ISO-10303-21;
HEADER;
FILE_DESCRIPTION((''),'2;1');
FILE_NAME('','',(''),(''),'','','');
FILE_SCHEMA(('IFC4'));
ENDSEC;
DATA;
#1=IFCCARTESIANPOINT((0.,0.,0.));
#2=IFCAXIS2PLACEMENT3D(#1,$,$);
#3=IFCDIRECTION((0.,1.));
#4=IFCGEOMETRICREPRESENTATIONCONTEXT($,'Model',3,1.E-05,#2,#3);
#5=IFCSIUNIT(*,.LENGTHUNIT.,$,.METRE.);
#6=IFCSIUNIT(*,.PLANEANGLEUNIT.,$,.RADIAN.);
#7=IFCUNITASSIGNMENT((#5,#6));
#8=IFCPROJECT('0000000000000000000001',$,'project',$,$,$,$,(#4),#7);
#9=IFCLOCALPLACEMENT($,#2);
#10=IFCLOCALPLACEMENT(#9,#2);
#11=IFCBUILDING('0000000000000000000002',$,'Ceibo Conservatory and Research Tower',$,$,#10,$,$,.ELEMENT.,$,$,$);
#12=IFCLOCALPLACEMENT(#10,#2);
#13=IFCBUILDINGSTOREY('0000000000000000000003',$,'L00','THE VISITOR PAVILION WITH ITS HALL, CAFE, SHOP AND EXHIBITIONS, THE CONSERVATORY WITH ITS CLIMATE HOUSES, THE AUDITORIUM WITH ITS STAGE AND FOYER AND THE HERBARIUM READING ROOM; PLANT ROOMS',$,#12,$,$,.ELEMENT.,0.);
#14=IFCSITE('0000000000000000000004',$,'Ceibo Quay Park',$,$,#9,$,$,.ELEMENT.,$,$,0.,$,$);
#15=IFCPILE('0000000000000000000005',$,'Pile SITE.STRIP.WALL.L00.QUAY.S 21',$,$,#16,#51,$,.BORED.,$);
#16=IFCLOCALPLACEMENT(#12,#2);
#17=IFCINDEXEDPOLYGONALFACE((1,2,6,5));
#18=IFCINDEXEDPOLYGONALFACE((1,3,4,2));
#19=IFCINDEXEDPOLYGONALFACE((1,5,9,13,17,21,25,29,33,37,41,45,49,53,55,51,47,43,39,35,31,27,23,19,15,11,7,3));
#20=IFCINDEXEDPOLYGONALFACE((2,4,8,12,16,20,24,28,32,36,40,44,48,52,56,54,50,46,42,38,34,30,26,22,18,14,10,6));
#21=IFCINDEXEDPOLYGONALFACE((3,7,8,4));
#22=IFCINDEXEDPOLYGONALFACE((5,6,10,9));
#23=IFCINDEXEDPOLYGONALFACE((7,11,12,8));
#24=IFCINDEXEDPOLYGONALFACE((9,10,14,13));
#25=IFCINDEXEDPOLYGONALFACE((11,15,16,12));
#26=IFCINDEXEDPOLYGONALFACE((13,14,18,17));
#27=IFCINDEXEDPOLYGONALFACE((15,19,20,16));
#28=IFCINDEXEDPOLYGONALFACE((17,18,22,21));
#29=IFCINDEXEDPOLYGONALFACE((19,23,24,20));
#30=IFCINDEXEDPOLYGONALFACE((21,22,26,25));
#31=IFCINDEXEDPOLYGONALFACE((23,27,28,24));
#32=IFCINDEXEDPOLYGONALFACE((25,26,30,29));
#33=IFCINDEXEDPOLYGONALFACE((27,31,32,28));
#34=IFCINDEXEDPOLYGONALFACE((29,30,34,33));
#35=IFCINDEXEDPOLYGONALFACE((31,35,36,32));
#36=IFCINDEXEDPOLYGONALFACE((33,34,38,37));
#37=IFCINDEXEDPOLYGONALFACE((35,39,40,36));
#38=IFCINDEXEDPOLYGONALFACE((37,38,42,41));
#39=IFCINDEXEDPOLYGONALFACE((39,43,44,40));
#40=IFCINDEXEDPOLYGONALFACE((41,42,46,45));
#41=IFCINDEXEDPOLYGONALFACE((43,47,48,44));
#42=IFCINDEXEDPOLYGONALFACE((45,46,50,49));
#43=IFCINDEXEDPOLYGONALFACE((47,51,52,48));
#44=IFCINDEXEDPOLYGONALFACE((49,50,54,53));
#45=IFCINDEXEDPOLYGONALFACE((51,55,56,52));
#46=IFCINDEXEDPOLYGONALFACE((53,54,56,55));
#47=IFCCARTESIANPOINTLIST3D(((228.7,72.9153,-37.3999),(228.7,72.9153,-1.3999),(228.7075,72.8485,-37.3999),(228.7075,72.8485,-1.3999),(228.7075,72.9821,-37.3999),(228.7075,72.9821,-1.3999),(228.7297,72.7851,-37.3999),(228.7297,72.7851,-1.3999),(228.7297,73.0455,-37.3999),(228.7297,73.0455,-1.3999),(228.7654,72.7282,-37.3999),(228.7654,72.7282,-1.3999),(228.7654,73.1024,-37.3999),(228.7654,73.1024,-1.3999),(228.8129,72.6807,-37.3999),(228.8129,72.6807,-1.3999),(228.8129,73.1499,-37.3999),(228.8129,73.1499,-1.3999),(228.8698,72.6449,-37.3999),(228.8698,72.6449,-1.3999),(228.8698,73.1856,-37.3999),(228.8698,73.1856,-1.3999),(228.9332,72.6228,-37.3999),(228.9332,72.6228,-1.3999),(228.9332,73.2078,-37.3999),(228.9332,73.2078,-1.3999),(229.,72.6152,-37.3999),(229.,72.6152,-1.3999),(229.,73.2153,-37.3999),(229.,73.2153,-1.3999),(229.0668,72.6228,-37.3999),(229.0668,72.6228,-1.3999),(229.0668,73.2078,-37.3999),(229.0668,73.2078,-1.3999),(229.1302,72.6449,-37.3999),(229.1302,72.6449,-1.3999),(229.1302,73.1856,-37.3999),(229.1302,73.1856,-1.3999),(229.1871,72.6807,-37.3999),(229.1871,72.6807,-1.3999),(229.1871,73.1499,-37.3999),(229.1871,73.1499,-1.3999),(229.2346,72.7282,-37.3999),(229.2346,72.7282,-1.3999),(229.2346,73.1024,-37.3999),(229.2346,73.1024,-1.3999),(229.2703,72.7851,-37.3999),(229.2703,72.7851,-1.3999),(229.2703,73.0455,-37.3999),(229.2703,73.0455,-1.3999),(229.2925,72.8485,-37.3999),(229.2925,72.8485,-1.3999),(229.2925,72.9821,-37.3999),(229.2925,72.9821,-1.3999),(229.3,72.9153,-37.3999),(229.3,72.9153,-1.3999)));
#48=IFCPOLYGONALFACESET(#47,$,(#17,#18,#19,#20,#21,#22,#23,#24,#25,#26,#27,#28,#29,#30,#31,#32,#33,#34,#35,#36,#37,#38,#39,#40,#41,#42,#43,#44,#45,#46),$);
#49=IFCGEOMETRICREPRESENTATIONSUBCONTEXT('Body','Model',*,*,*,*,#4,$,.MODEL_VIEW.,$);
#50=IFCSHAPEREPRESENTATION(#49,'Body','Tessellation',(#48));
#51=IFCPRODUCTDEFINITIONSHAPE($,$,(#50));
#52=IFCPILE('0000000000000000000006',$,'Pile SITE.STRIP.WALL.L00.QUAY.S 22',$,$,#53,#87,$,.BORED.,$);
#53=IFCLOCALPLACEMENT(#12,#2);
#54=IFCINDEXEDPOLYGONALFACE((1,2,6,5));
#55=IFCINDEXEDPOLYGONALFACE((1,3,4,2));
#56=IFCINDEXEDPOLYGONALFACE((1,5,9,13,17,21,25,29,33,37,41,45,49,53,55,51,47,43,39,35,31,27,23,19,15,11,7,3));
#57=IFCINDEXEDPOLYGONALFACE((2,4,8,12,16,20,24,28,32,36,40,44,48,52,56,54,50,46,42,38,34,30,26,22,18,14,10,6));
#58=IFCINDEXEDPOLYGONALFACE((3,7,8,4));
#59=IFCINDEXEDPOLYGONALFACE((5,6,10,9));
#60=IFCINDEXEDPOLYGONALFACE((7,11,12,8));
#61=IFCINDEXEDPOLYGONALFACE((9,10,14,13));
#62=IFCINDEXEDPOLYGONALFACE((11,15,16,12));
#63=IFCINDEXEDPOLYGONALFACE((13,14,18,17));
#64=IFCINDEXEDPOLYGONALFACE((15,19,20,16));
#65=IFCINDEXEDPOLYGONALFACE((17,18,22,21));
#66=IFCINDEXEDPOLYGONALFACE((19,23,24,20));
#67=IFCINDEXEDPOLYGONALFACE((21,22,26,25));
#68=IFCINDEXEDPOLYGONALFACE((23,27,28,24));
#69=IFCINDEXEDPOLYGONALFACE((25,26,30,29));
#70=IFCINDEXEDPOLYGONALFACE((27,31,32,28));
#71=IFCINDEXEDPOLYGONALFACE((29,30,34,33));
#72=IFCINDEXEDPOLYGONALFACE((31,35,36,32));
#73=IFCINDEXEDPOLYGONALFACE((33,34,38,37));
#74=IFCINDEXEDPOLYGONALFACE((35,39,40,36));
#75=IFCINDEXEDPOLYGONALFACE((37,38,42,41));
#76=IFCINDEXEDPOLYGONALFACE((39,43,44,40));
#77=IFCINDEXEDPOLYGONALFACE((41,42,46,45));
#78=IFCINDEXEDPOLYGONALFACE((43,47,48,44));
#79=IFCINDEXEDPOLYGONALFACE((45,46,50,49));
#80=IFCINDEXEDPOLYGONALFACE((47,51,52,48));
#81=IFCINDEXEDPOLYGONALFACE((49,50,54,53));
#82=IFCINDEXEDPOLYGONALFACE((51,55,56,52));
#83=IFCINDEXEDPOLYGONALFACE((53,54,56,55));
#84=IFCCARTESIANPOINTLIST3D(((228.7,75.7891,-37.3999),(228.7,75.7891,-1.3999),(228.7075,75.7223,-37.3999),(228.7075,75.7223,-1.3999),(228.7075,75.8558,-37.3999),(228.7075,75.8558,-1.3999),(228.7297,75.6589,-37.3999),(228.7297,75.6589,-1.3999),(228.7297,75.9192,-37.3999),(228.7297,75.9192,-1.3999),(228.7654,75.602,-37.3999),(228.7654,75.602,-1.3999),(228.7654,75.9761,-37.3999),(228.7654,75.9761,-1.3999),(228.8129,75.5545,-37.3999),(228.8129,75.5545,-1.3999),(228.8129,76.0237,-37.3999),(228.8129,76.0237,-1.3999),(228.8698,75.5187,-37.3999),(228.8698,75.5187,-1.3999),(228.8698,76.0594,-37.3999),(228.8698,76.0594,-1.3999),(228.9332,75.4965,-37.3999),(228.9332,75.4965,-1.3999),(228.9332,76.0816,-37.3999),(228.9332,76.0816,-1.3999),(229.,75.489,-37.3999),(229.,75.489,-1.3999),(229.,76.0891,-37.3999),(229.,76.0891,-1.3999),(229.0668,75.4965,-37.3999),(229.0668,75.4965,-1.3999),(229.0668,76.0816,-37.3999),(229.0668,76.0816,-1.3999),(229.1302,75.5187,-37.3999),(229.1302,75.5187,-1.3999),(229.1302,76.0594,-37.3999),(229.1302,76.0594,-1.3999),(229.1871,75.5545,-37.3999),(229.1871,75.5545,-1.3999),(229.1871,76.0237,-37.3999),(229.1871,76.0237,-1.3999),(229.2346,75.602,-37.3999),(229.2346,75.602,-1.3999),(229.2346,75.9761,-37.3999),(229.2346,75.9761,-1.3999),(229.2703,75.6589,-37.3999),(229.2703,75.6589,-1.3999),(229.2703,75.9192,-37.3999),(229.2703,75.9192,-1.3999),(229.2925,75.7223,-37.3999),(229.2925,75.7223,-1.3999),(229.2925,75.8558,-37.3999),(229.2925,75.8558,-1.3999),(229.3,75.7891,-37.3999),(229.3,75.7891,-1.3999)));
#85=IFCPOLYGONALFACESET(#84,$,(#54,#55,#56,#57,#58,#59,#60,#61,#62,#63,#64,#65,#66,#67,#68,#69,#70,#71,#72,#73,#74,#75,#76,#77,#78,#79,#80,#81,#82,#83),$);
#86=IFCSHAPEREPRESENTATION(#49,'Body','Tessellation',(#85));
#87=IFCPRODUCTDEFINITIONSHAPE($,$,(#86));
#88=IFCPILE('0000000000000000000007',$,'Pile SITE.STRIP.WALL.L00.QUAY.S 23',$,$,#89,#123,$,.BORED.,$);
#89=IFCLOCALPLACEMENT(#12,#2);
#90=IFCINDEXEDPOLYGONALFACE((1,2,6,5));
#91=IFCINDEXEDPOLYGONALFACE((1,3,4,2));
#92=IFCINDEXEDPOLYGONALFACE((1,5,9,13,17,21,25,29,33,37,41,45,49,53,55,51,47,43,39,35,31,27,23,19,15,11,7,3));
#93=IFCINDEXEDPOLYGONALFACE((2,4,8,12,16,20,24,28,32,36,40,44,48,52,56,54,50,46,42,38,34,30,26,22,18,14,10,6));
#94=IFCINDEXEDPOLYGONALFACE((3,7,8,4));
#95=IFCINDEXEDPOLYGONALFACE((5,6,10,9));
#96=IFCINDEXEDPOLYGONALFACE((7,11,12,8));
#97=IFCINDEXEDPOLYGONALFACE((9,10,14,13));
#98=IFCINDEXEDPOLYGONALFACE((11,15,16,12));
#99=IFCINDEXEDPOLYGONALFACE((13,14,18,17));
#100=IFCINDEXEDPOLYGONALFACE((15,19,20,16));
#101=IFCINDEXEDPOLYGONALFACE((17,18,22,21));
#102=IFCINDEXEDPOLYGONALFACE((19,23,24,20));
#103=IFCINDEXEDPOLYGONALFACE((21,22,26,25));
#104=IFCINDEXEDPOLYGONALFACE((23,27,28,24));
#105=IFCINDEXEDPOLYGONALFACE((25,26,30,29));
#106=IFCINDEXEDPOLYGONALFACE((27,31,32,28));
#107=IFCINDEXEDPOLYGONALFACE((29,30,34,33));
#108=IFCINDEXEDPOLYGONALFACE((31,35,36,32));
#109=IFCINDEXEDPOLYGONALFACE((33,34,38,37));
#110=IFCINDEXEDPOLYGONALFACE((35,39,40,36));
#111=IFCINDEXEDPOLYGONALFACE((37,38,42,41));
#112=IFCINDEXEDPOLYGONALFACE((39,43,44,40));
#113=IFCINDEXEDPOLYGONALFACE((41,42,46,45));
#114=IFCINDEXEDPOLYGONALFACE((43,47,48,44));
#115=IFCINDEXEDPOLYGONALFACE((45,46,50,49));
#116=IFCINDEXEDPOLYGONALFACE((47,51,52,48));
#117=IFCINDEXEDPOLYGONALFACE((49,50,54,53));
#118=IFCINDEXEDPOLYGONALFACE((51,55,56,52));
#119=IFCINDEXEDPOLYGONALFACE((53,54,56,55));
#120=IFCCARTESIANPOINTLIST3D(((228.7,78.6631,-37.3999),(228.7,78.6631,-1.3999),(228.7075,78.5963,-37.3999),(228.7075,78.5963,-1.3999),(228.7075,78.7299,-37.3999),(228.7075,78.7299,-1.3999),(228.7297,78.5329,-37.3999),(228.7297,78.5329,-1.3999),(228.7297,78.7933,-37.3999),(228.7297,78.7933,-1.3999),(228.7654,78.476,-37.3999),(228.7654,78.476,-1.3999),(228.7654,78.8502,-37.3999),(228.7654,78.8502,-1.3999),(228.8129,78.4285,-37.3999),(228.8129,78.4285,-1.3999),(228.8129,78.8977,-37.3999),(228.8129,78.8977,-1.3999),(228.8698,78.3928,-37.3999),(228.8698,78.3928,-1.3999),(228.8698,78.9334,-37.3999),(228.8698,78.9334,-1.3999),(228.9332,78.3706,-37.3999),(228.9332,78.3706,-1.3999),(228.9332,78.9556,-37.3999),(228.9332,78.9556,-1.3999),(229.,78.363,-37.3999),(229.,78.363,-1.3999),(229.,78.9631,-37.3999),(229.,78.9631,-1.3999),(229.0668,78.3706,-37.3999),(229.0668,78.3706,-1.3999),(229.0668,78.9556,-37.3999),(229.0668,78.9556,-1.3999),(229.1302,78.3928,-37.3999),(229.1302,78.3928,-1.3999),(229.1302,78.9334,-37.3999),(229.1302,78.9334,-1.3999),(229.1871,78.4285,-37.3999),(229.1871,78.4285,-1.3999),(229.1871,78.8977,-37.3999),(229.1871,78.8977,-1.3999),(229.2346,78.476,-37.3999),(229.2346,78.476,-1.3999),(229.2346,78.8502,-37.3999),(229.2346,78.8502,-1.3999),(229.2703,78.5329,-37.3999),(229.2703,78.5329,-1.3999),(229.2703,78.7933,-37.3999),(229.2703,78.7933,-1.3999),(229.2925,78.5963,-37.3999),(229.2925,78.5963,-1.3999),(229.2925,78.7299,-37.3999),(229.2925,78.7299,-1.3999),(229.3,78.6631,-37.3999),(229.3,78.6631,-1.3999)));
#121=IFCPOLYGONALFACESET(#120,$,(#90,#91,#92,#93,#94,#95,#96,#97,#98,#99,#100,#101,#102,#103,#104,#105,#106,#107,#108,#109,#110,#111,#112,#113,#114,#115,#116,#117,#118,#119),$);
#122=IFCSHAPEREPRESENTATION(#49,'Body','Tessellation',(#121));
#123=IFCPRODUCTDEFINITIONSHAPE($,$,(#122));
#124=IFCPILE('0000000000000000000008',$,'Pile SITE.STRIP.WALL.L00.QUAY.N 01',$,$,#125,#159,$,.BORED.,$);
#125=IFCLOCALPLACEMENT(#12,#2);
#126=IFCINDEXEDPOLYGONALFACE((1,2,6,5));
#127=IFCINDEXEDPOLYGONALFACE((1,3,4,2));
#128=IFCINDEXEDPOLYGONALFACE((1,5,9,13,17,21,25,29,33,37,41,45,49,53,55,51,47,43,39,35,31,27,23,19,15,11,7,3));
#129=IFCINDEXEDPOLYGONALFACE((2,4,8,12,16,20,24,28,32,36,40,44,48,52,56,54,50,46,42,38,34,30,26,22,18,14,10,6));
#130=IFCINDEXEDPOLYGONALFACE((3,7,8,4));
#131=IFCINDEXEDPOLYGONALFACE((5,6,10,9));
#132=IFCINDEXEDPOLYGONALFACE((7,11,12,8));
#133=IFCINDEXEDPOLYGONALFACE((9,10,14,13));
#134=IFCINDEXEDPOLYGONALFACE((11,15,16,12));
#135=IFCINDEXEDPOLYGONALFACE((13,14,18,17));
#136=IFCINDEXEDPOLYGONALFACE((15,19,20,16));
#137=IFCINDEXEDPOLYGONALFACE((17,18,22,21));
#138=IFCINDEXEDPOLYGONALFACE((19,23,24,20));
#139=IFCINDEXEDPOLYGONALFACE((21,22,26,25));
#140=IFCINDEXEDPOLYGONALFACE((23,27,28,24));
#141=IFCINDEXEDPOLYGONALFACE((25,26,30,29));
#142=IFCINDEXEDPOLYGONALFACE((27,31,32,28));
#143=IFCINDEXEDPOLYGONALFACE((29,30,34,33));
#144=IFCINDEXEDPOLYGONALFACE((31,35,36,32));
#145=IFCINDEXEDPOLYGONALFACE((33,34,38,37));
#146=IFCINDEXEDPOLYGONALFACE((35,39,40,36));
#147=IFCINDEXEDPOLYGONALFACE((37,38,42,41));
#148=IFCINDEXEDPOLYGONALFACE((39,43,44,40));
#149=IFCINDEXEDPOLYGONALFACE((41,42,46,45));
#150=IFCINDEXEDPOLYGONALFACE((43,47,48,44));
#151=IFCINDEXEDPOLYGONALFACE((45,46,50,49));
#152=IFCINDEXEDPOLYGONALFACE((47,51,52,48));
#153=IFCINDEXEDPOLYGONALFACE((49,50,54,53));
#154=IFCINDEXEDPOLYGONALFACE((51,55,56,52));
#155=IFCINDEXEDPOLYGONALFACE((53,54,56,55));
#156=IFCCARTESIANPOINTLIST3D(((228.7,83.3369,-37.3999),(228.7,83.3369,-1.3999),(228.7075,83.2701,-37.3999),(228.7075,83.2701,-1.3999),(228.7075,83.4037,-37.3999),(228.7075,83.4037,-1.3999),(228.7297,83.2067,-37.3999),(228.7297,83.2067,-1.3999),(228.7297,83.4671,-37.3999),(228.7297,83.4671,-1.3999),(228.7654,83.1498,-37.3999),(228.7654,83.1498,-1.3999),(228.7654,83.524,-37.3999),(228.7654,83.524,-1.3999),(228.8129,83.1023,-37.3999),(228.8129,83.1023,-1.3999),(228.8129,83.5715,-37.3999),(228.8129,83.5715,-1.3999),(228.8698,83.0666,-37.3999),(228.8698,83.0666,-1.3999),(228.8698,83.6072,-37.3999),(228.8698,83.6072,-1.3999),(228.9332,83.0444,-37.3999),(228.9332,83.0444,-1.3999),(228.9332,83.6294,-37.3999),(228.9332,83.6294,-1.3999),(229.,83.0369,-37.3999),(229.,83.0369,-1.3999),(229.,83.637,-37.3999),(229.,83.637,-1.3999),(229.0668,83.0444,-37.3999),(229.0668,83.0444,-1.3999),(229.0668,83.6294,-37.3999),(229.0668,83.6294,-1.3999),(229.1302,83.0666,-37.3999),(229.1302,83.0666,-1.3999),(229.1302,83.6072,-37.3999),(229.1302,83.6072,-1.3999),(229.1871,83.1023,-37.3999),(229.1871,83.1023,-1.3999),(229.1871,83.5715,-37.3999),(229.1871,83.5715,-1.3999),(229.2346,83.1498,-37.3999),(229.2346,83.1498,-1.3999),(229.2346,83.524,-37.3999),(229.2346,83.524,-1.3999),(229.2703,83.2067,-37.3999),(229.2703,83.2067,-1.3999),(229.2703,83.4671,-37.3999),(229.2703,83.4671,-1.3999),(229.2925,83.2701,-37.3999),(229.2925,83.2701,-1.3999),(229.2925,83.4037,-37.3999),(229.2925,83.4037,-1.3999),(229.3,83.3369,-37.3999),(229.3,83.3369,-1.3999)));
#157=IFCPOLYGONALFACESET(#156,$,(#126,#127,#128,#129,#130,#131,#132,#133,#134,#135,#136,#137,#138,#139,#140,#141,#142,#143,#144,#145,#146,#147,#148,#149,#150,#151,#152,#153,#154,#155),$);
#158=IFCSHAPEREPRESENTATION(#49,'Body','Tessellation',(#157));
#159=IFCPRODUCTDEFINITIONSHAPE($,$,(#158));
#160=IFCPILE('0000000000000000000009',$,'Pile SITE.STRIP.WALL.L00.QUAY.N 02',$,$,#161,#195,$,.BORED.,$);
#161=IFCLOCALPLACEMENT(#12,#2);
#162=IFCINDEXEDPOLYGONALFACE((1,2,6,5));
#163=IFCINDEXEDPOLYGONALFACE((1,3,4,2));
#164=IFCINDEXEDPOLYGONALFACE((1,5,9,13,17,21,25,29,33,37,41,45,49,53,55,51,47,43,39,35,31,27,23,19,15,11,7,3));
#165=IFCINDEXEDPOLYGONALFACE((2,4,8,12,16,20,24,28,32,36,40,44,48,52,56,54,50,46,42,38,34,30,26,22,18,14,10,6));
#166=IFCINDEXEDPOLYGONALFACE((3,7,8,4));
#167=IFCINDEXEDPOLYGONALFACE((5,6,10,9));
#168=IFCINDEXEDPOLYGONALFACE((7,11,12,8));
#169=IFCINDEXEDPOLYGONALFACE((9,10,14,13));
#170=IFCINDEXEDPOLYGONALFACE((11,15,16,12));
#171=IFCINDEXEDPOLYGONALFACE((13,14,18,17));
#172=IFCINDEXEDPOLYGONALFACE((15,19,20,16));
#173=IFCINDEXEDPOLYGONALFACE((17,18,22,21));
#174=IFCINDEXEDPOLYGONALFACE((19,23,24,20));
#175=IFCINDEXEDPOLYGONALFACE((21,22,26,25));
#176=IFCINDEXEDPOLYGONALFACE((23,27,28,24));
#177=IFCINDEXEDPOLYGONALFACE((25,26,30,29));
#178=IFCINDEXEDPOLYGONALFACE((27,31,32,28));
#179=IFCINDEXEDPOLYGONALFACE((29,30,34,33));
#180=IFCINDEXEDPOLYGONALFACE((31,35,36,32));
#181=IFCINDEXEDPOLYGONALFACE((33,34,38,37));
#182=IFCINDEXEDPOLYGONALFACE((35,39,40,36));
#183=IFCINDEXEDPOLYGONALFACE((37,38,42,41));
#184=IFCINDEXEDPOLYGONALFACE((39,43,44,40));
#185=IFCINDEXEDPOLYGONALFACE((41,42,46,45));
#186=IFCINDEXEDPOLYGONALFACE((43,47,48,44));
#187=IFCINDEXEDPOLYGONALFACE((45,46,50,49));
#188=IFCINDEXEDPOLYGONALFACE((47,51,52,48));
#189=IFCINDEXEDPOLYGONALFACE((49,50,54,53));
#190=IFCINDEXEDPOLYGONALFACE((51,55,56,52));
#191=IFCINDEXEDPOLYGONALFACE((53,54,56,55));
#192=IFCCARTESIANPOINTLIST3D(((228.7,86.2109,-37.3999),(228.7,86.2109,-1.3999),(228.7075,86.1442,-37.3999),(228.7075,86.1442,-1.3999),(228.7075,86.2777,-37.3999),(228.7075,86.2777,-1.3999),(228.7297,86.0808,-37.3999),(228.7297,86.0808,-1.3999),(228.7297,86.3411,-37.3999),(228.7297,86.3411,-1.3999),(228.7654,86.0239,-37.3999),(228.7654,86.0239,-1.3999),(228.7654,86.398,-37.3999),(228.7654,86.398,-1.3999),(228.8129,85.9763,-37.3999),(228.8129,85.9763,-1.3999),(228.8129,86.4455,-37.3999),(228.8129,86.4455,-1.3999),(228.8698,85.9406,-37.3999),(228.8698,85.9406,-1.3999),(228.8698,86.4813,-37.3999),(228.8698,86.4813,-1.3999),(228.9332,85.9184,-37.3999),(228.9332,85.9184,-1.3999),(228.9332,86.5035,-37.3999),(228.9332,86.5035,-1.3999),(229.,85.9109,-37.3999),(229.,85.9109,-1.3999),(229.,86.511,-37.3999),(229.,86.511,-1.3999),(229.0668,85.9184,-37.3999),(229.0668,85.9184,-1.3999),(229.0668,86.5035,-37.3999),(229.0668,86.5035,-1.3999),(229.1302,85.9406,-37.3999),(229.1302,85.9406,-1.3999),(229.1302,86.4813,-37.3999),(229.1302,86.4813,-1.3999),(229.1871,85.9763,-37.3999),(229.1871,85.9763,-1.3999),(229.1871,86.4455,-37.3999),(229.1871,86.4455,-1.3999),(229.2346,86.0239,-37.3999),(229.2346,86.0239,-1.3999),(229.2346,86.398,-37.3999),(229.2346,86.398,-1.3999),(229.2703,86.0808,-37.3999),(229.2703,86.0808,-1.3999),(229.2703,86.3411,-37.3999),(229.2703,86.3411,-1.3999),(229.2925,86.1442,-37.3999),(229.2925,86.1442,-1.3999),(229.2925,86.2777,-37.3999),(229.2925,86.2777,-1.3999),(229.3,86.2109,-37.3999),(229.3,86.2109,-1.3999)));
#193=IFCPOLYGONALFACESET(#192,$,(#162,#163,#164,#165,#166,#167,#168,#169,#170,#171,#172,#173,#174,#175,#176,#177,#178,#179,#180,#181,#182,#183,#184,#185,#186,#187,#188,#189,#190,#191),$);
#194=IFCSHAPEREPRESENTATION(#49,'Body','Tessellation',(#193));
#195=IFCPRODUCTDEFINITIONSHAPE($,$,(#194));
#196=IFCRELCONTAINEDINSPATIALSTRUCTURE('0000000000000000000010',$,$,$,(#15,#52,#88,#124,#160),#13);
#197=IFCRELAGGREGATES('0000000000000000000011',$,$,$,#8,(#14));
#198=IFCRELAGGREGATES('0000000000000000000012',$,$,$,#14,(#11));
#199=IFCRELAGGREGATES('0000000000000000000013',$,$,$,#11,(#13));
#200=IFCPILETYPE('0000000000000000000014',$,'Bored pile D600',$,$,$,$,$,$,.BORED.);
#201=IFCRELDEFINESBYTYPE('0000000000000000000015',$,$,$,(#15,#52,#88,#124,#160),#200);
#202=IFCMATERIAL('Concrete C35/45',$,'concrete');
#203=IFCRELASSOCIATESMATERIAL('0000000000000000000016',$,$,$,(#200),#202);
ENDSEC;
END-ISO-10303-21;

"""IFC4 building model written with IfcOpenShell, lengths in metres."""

from ifc_helpers import new_model, si_unit, direction, frame, origin, origin_2d, place, context, subcontext, project, spatial, circle, extrude, material, material_profile, profile_set, type_object, element, save


model = new_model("IFC4")

# Units and contexts
model_context = context("Model", 3, precision=1e-05, world=origin(), true_north=direction((0.0, 1.0)))
body_context = subcontext(model_context, "Body", "Model", "MODEL_VIEW")
ifc_project = project(units=[si_unit("LENGTHUNIT", "METRE"), si_unit("PLANEANGLEUNIT", "RADIAN")], contexts=[model_context])

# Site, building, storey
site_placement = place(None, origin())
site = spatial("IfcSite", under=ifc_project, at=site_placement, Name="Ceibo Quay Park", CompositionType="ELEMENT", RefElevation=0.0)
building_placement = place(site_placement, origin())
building = spatial("IfcBuilding", under=site, at=building_placement, Name="Ceibo Conservatory and Research Tower", CompositionType="ELEMENT")
storey_placement = place(building_placement, origin())
storey = spatial("IfcBuildingStorey", under=building, at=storey_placement, Name="L00", Description="THE VISITOR PAVILION WITH ITS HALL, CAFE, SHOP AND EXHIBITIONS, THE CONSERVATORY WITH ITS CLIMATE HOUSES, THE AUDITORIUM WITH ITS STAGE AND FOYER AND THE HERBARIUM READING ROOM; PLANT ROOMS", CompositionType="ELEMENT", Elevation=0.0)

# Piles
ifc_material_1 = material(Name="Concrete C35/45", Category="concrete")
ifc_material_profile = material_profile(ifc_material_1, circle(Radius=0.3, at=origin_2d()), Name="RC D600")
ifc_profile_set = profile_set([ifc_material_profile], Name="Concrete C35/45")
pile_type = type_object("IfcPileType", Name="Bored pile D600", PredefinedType="BORED", material=ifc_profile_set)
for number, where, z_axis, x_axis, name in (
    (1, (229.0, 72.9153, -1.3999), (0.0, 0.0, -1.0), (1.0, 0.0, 0.0), "Pile SITE.STRIP.WALL.L00.QUAY.S 21"),
    (2, (229.0, 75.7891, -1.3999), (0.0, 0.0, -1.0), (1.0, 0.0, 0.0), "Pile SITE.STRIP.WALL.L00.QUAY.S 22"),
    (3, (229.0, 78.6631, -1.3999), (0.0, 0.0, -1.0), (1.0, 0.0, 0.0), "Pile SITE.STRIP.WALL.L00.QUAY.S 23"),
    (4, (229.0, 83.3369, -1.3999), (0.0, 0.0, -1.0), (1.0, 0.0, 0.0), "Pile SITE.STRIP.WALL.L00.QUAY.N 01"),
    (5, (229.0, 86.2109, -1.3999), (0.0, 0.0, -1.0), (1.0, 0.0, 0.0), "Pile SITE.STRIP.WALL.L00.QUAY.N 02"),
):
    element("IfcPile", number, at=place(storey_placement, frame(where, z_axis=z_axis, x_axis=x_axis)), inside=storey, type_object=pile_type, Name=name, PredefinedType="BORED", context=body_context, shape_type="SweptSolid", body=[
        extrude(circle(Radius=0.3, at=origin_2d()), origin(), (0.0, 0.0, 1.0), 36.0),
    ])

save(model, "model.ifc")
